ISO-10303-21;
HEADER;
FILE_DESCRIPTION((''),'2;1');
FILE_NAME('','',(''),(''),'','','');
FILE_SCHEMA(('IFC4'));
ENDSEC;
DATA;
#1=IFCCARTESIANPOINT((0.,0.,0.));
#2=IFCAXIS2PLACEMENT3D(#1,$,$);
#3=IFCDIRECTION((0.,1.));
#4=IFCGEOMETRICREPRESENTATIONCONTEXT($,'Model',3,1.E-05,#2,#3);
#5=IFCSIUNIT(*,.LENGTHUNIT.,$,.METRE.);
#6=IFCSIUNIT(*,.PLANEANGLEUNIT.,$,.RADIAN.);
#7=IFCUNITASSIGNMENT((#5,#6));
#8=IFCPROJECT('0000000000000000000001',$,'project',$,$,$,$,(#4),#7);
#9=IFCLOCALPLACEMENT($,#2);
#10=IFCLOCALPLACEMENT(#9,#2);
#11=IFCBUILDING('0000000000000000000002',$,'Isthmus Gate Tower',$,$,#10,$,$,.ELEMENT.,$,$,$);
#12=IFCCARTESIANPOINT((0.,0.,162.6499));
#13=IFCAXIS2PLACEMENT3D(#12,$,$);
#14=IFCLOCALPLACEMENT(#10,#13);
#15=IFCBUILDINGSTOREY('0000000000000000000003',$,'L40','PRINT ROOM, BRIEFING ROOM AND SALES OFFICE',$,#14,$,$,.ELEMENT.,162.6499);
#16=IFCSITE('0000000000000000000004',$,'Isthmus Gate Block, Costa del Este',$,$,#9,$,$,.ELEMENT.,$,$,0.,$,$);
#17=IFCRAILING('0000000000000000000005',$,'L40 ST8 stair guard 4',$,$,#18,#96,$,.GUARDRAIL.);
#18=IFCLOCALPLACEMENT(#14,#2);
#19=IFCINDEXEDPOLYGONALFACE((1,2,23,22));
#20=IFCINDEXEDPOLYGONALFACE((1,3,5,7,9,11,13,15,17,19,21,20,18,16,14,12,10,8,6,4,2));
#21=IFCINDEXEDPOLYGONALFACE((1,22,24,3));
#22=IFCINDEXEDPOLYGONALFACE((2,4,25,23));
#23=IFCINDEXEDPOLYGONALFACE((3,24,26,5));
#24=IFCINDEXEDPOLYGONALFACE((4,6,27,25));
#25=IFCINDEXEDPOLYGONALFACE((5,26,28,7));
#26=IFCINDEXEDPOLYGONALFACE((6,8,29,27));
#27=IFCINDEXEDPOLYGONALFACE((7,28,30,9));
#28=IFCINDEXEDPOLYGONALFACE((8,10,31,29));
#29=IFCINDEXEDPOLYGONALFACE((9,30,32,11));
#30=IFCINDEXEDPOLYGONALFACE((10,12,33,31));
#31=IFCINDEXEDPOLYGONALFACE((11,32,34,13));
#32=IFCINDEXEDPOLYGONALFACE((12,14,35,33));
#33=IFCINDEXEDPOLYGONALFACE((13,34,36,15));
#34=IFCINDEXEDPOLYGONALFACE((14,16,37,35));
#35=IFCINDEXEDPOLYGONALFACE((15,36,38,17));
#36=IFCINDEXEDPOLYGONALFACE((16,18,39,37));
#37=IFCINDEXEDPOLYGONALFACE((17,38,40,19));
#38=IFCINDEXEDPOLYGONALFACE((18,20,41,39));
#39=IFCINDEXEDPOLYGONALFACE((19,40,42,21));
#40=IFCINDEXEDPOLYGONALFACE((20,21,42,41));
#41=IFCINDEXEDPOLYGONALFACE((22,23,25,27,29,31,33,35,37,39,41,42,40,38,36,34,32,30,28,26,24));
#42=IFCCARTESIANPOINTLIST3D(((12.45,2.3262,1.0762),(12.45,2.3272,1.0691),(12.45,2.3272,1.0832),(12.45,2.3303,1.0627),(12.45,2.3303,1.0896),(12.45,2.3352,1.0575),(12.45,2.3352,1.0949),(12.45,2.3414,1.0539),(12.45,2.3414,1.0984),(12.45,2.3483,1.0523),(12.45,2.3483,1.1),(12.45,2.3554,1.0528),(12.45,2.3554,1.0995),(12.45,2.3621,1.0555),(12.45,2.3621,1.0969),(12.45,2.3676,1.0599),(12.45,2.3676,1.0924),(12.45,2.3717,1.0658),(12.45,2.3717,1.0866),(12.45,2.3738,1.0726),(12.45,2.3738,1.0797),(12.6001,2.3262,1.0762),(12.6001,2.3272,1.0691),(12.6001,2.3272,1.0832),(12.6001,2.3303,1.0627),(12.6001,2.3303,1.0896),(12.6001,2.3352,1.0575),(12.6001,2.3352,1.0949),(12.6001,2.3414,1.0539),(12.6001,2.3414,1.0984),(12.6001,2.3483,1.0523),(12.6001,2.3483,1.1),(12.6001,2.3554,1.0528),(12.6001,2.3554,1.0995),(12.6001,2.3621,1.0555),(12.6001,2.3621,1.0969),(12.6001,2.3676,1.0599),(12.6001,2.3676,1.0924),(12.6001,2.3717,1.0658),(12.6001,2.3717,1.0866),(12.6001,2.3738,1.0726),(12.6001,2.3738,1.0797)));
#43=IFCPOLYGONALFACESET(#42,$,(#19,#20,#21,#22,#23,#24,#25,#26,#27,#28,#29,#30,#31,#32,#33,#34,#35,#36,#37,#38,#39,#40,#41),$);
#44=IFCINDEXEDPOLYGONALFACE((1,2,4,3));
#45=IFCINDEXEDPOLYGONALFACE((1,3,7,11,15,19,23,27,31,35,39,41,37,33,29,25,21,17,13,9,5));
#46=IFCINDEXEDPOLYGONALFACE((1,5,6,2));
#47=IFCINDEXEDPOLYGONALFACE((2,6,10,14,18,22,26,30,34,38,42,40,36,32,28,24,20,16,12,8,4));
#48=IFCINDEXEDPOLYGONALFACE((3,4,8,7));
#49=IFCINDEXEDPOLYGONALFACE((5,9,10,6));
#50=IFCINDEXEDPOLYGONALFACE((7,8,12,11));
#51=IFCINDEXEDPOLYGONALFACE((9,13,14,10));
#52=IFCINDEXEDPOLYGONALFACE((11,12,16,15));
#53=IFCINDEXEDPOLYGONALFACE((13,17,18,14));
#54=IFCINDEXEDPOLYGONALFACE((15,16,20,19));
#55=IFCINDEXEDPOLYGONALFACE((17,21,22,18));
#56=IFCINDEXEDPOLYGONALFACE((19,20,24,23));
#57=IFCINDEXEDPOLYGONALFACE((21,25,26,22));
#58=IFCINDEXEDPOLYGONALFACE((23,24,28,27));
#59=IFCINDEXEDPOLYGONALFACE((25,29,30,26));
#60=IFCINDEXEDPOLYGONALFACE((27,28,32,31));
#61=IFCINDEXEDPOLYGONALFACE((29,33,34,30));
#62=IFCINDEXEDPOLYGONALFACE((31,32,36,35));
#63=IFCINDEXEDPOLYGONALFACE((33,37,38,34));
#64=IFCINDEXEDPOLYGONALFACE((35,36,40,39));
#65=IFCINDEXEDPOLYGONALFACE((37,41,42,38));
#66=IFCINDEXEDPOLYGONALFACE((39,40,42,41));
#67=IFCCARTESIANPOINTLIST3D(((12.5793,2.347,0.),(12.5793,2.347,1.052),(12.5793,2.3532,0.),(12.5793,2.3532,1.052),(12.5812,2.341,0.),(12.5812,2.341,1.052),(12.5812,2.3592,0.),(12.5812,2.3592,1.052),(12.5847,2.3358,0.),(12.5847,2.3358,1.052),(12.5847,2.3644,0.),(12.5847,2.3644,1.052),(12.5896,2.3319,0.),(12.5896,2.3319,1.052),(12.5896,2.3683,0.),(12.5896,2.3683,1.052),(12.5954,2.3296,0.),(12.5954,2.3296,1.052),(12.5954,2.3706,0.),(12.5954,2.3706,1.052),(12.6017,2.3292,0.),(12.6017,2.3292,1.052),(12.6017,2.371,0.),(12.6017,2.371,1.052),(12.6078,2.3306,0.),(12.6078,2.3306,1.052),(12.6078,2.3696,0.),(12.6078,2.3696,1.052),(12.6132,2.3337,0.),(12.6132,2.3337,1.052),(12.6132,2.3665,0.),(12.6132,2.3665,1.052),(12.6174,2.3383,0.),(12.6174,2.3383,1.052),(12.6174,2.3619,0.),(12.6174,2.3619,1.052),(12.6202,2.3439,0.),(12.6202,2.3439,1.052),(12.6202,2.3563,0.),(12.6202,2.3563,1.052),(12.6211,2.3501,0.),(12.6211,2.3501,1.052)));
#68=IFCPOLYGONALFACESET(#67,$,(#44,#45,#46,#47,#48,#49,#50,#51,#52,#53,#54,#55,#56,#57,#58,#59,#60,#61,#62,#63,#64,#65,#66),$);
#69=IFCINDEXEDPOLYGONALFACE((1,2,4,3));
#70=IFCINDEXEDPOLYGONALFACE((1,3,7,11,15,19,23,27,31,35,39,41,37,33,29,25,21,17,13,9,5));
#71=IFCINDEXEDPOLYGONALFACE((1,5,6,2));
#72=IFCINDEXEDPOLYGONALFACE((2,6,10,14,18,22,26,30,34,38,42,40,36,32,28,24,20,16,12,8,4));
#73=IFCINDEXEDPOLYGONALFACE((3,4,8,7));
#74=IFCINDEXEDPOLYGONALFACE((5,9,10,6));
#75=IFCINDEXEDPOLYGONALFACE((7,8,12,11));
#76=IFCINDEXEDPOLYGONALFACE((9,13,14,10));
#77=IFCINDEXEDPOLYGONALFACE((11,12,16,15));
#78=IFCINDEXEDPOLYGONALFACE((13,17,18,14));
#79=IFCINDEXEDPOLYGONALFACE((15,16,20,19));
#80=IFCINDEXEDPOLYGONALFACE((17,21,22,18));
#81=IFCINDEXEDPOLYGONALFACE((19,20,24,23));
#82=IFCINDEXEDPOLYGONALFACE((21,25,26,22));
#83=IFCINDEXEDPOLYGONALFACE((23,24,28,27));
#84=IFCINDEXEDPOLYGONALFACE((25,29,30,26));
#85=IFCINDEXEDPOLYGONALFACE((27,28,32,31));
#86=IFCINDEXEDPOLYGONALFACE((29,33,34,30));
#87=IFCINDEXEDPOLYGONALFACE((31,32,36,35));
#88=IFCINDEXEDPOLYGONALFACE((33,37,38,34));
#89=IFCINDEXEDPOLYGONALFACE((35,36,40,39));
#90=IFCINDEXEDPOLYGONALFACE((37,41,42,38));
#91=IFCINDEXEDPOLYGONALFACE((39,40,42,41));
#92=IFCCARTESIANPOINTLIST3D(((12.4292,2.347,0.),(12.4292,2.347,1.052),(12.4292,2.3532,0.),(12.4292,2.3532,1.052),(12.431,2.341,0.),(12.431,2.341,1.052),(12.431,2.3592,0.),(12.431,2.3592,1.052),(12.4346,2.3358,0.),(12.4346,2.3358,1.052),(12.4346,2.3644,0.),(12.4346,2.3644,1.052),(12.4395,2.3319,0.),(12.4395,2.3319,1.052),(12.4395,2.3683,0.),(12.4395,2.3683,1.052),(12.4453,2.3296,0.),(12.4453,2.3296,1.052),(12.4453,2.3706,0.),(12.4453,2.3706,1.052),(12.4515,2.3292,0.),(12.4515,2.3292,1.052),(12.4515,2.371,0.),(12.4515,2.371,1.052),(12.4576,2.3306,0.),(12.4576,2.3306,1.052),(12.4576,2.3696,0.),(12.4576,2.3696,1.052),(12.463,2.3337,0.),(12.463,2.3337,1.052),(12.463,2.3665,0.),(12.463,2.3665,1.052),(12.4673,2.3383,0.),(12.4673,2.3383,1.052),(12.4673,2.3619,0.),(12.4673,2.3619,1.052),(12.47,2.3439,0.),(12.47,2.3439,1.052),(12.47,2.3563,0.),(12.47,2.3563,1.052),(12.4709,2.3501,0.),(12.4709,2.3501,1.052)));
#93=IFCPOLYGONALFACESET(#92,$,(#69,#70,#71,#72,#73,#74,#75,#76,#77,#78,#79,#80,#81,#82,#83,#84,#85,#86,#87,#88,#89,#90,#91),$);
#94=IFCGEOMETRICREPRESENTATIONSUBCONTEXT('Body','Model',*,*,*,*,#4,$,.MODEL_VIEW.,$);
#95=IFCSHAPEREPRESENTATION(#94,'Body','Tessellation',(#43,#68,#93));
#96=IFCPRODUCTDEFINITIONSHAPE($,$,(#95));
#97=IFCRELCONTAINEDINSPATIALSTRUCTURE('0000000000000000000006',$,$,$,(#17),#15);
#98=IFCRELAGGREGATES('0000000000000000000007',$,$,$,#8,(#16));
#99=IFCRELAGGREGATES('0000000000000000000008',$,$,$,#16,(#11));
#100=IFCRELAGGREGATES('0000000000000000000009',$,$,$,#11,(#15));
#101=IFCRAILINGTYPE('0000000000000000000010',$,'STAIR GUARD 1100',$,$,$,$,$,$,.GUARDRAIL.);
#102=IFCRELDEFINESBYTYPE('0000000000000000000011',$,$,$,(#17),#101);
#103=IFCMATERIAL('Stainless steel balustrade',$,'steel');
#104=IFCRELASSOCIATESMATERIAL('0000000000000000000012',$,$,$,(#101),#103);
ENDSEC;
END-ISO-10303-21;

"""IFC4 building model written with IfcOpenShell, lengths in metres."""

from ifc_helpers import new_model, si_unit, direction, frame, origin, origin_2d, place, context, subcontext, project, spatial, circle, extrude, material, type_object, element, save


model = new_model("IFC4")

# Units and contexts
model_context = context("Model", 3, precision=1e-05, world=origin(), true_north=direction((0.0, 1.0)))
body_context = subcontext(model_context, "Body", "Model", "MODEL_VIEW")
ifc_project = project(units=[si_unit("LENGTHUNIT", "METRE"), si_unit("PLANEANGLEUNIT", "RADIAN")], contexts=[model_context])

# Site, building, storey
site_placement = place(None, origin())
site = spatial("IfcSite", under=ifc_project, at=site_placement, Name="Isthmus Gate Block, Costa del Este", CompositionType="ELEMENT", RefElevation=0.0)
building_placement = place(site_placement, origin())
building = spatial("IfcBuilding", under=site, at=building_placement, Name="Isthmus Gate Tower", CompositionType="ELEMENT")
storey_placement = place(building_placement, frame((0.0, 0.0, 162.6499)))
storey = spatial("IfcBuildingStorey", under=building, at=storey_placement, Name="L40", Description="PRINT ROOM, BRIEFING ROOM AND SALES OFFICE", CompositionType="ELEMENT", Elevation=162.6499)

# Railing
ifc_material_1 = material(Name="Stainless steel balustrade", Category="steel")
railing_type_1 = type_object("IfcRailingType", Name="STAIR GUARD 1100", PredefinedType="GUARDRAIL", material=ifc_material_1)
railing_1_placement = place(storey_placement, frame((12.6001, 2.3501, 0.0)))
element("IfcRailing", 1, at=railing_1_placement, inside=storey, type_object=railing_type_1, Name="L40 ST8 stair guard 4", PredefinedType="GUARDRAIL", context=body_context, shape_type="SweptSolid", body=[
    extrude(circle(Radius=0.0239, at=origin_2d()), frame((0.0, 0.0, 1.0762), z_axis=(-1.0, 0.0, 0.0), x_axis=(0.0, -1.0, 0.0)), (0.0, 0.0, 1.0), 0.1501),
    extrude(circle(Radius=0.021, at=origin_2d()), origin(), (0.0, 0.0, 1.0), 1.052),
    extrude(circle(Radius=0.021, at=origin_2d()), frame((-0.1501, 0.0, 0.0)), (0.0, 0.0, 1.0), 1.052),
])

save(model, "model.ifc")
